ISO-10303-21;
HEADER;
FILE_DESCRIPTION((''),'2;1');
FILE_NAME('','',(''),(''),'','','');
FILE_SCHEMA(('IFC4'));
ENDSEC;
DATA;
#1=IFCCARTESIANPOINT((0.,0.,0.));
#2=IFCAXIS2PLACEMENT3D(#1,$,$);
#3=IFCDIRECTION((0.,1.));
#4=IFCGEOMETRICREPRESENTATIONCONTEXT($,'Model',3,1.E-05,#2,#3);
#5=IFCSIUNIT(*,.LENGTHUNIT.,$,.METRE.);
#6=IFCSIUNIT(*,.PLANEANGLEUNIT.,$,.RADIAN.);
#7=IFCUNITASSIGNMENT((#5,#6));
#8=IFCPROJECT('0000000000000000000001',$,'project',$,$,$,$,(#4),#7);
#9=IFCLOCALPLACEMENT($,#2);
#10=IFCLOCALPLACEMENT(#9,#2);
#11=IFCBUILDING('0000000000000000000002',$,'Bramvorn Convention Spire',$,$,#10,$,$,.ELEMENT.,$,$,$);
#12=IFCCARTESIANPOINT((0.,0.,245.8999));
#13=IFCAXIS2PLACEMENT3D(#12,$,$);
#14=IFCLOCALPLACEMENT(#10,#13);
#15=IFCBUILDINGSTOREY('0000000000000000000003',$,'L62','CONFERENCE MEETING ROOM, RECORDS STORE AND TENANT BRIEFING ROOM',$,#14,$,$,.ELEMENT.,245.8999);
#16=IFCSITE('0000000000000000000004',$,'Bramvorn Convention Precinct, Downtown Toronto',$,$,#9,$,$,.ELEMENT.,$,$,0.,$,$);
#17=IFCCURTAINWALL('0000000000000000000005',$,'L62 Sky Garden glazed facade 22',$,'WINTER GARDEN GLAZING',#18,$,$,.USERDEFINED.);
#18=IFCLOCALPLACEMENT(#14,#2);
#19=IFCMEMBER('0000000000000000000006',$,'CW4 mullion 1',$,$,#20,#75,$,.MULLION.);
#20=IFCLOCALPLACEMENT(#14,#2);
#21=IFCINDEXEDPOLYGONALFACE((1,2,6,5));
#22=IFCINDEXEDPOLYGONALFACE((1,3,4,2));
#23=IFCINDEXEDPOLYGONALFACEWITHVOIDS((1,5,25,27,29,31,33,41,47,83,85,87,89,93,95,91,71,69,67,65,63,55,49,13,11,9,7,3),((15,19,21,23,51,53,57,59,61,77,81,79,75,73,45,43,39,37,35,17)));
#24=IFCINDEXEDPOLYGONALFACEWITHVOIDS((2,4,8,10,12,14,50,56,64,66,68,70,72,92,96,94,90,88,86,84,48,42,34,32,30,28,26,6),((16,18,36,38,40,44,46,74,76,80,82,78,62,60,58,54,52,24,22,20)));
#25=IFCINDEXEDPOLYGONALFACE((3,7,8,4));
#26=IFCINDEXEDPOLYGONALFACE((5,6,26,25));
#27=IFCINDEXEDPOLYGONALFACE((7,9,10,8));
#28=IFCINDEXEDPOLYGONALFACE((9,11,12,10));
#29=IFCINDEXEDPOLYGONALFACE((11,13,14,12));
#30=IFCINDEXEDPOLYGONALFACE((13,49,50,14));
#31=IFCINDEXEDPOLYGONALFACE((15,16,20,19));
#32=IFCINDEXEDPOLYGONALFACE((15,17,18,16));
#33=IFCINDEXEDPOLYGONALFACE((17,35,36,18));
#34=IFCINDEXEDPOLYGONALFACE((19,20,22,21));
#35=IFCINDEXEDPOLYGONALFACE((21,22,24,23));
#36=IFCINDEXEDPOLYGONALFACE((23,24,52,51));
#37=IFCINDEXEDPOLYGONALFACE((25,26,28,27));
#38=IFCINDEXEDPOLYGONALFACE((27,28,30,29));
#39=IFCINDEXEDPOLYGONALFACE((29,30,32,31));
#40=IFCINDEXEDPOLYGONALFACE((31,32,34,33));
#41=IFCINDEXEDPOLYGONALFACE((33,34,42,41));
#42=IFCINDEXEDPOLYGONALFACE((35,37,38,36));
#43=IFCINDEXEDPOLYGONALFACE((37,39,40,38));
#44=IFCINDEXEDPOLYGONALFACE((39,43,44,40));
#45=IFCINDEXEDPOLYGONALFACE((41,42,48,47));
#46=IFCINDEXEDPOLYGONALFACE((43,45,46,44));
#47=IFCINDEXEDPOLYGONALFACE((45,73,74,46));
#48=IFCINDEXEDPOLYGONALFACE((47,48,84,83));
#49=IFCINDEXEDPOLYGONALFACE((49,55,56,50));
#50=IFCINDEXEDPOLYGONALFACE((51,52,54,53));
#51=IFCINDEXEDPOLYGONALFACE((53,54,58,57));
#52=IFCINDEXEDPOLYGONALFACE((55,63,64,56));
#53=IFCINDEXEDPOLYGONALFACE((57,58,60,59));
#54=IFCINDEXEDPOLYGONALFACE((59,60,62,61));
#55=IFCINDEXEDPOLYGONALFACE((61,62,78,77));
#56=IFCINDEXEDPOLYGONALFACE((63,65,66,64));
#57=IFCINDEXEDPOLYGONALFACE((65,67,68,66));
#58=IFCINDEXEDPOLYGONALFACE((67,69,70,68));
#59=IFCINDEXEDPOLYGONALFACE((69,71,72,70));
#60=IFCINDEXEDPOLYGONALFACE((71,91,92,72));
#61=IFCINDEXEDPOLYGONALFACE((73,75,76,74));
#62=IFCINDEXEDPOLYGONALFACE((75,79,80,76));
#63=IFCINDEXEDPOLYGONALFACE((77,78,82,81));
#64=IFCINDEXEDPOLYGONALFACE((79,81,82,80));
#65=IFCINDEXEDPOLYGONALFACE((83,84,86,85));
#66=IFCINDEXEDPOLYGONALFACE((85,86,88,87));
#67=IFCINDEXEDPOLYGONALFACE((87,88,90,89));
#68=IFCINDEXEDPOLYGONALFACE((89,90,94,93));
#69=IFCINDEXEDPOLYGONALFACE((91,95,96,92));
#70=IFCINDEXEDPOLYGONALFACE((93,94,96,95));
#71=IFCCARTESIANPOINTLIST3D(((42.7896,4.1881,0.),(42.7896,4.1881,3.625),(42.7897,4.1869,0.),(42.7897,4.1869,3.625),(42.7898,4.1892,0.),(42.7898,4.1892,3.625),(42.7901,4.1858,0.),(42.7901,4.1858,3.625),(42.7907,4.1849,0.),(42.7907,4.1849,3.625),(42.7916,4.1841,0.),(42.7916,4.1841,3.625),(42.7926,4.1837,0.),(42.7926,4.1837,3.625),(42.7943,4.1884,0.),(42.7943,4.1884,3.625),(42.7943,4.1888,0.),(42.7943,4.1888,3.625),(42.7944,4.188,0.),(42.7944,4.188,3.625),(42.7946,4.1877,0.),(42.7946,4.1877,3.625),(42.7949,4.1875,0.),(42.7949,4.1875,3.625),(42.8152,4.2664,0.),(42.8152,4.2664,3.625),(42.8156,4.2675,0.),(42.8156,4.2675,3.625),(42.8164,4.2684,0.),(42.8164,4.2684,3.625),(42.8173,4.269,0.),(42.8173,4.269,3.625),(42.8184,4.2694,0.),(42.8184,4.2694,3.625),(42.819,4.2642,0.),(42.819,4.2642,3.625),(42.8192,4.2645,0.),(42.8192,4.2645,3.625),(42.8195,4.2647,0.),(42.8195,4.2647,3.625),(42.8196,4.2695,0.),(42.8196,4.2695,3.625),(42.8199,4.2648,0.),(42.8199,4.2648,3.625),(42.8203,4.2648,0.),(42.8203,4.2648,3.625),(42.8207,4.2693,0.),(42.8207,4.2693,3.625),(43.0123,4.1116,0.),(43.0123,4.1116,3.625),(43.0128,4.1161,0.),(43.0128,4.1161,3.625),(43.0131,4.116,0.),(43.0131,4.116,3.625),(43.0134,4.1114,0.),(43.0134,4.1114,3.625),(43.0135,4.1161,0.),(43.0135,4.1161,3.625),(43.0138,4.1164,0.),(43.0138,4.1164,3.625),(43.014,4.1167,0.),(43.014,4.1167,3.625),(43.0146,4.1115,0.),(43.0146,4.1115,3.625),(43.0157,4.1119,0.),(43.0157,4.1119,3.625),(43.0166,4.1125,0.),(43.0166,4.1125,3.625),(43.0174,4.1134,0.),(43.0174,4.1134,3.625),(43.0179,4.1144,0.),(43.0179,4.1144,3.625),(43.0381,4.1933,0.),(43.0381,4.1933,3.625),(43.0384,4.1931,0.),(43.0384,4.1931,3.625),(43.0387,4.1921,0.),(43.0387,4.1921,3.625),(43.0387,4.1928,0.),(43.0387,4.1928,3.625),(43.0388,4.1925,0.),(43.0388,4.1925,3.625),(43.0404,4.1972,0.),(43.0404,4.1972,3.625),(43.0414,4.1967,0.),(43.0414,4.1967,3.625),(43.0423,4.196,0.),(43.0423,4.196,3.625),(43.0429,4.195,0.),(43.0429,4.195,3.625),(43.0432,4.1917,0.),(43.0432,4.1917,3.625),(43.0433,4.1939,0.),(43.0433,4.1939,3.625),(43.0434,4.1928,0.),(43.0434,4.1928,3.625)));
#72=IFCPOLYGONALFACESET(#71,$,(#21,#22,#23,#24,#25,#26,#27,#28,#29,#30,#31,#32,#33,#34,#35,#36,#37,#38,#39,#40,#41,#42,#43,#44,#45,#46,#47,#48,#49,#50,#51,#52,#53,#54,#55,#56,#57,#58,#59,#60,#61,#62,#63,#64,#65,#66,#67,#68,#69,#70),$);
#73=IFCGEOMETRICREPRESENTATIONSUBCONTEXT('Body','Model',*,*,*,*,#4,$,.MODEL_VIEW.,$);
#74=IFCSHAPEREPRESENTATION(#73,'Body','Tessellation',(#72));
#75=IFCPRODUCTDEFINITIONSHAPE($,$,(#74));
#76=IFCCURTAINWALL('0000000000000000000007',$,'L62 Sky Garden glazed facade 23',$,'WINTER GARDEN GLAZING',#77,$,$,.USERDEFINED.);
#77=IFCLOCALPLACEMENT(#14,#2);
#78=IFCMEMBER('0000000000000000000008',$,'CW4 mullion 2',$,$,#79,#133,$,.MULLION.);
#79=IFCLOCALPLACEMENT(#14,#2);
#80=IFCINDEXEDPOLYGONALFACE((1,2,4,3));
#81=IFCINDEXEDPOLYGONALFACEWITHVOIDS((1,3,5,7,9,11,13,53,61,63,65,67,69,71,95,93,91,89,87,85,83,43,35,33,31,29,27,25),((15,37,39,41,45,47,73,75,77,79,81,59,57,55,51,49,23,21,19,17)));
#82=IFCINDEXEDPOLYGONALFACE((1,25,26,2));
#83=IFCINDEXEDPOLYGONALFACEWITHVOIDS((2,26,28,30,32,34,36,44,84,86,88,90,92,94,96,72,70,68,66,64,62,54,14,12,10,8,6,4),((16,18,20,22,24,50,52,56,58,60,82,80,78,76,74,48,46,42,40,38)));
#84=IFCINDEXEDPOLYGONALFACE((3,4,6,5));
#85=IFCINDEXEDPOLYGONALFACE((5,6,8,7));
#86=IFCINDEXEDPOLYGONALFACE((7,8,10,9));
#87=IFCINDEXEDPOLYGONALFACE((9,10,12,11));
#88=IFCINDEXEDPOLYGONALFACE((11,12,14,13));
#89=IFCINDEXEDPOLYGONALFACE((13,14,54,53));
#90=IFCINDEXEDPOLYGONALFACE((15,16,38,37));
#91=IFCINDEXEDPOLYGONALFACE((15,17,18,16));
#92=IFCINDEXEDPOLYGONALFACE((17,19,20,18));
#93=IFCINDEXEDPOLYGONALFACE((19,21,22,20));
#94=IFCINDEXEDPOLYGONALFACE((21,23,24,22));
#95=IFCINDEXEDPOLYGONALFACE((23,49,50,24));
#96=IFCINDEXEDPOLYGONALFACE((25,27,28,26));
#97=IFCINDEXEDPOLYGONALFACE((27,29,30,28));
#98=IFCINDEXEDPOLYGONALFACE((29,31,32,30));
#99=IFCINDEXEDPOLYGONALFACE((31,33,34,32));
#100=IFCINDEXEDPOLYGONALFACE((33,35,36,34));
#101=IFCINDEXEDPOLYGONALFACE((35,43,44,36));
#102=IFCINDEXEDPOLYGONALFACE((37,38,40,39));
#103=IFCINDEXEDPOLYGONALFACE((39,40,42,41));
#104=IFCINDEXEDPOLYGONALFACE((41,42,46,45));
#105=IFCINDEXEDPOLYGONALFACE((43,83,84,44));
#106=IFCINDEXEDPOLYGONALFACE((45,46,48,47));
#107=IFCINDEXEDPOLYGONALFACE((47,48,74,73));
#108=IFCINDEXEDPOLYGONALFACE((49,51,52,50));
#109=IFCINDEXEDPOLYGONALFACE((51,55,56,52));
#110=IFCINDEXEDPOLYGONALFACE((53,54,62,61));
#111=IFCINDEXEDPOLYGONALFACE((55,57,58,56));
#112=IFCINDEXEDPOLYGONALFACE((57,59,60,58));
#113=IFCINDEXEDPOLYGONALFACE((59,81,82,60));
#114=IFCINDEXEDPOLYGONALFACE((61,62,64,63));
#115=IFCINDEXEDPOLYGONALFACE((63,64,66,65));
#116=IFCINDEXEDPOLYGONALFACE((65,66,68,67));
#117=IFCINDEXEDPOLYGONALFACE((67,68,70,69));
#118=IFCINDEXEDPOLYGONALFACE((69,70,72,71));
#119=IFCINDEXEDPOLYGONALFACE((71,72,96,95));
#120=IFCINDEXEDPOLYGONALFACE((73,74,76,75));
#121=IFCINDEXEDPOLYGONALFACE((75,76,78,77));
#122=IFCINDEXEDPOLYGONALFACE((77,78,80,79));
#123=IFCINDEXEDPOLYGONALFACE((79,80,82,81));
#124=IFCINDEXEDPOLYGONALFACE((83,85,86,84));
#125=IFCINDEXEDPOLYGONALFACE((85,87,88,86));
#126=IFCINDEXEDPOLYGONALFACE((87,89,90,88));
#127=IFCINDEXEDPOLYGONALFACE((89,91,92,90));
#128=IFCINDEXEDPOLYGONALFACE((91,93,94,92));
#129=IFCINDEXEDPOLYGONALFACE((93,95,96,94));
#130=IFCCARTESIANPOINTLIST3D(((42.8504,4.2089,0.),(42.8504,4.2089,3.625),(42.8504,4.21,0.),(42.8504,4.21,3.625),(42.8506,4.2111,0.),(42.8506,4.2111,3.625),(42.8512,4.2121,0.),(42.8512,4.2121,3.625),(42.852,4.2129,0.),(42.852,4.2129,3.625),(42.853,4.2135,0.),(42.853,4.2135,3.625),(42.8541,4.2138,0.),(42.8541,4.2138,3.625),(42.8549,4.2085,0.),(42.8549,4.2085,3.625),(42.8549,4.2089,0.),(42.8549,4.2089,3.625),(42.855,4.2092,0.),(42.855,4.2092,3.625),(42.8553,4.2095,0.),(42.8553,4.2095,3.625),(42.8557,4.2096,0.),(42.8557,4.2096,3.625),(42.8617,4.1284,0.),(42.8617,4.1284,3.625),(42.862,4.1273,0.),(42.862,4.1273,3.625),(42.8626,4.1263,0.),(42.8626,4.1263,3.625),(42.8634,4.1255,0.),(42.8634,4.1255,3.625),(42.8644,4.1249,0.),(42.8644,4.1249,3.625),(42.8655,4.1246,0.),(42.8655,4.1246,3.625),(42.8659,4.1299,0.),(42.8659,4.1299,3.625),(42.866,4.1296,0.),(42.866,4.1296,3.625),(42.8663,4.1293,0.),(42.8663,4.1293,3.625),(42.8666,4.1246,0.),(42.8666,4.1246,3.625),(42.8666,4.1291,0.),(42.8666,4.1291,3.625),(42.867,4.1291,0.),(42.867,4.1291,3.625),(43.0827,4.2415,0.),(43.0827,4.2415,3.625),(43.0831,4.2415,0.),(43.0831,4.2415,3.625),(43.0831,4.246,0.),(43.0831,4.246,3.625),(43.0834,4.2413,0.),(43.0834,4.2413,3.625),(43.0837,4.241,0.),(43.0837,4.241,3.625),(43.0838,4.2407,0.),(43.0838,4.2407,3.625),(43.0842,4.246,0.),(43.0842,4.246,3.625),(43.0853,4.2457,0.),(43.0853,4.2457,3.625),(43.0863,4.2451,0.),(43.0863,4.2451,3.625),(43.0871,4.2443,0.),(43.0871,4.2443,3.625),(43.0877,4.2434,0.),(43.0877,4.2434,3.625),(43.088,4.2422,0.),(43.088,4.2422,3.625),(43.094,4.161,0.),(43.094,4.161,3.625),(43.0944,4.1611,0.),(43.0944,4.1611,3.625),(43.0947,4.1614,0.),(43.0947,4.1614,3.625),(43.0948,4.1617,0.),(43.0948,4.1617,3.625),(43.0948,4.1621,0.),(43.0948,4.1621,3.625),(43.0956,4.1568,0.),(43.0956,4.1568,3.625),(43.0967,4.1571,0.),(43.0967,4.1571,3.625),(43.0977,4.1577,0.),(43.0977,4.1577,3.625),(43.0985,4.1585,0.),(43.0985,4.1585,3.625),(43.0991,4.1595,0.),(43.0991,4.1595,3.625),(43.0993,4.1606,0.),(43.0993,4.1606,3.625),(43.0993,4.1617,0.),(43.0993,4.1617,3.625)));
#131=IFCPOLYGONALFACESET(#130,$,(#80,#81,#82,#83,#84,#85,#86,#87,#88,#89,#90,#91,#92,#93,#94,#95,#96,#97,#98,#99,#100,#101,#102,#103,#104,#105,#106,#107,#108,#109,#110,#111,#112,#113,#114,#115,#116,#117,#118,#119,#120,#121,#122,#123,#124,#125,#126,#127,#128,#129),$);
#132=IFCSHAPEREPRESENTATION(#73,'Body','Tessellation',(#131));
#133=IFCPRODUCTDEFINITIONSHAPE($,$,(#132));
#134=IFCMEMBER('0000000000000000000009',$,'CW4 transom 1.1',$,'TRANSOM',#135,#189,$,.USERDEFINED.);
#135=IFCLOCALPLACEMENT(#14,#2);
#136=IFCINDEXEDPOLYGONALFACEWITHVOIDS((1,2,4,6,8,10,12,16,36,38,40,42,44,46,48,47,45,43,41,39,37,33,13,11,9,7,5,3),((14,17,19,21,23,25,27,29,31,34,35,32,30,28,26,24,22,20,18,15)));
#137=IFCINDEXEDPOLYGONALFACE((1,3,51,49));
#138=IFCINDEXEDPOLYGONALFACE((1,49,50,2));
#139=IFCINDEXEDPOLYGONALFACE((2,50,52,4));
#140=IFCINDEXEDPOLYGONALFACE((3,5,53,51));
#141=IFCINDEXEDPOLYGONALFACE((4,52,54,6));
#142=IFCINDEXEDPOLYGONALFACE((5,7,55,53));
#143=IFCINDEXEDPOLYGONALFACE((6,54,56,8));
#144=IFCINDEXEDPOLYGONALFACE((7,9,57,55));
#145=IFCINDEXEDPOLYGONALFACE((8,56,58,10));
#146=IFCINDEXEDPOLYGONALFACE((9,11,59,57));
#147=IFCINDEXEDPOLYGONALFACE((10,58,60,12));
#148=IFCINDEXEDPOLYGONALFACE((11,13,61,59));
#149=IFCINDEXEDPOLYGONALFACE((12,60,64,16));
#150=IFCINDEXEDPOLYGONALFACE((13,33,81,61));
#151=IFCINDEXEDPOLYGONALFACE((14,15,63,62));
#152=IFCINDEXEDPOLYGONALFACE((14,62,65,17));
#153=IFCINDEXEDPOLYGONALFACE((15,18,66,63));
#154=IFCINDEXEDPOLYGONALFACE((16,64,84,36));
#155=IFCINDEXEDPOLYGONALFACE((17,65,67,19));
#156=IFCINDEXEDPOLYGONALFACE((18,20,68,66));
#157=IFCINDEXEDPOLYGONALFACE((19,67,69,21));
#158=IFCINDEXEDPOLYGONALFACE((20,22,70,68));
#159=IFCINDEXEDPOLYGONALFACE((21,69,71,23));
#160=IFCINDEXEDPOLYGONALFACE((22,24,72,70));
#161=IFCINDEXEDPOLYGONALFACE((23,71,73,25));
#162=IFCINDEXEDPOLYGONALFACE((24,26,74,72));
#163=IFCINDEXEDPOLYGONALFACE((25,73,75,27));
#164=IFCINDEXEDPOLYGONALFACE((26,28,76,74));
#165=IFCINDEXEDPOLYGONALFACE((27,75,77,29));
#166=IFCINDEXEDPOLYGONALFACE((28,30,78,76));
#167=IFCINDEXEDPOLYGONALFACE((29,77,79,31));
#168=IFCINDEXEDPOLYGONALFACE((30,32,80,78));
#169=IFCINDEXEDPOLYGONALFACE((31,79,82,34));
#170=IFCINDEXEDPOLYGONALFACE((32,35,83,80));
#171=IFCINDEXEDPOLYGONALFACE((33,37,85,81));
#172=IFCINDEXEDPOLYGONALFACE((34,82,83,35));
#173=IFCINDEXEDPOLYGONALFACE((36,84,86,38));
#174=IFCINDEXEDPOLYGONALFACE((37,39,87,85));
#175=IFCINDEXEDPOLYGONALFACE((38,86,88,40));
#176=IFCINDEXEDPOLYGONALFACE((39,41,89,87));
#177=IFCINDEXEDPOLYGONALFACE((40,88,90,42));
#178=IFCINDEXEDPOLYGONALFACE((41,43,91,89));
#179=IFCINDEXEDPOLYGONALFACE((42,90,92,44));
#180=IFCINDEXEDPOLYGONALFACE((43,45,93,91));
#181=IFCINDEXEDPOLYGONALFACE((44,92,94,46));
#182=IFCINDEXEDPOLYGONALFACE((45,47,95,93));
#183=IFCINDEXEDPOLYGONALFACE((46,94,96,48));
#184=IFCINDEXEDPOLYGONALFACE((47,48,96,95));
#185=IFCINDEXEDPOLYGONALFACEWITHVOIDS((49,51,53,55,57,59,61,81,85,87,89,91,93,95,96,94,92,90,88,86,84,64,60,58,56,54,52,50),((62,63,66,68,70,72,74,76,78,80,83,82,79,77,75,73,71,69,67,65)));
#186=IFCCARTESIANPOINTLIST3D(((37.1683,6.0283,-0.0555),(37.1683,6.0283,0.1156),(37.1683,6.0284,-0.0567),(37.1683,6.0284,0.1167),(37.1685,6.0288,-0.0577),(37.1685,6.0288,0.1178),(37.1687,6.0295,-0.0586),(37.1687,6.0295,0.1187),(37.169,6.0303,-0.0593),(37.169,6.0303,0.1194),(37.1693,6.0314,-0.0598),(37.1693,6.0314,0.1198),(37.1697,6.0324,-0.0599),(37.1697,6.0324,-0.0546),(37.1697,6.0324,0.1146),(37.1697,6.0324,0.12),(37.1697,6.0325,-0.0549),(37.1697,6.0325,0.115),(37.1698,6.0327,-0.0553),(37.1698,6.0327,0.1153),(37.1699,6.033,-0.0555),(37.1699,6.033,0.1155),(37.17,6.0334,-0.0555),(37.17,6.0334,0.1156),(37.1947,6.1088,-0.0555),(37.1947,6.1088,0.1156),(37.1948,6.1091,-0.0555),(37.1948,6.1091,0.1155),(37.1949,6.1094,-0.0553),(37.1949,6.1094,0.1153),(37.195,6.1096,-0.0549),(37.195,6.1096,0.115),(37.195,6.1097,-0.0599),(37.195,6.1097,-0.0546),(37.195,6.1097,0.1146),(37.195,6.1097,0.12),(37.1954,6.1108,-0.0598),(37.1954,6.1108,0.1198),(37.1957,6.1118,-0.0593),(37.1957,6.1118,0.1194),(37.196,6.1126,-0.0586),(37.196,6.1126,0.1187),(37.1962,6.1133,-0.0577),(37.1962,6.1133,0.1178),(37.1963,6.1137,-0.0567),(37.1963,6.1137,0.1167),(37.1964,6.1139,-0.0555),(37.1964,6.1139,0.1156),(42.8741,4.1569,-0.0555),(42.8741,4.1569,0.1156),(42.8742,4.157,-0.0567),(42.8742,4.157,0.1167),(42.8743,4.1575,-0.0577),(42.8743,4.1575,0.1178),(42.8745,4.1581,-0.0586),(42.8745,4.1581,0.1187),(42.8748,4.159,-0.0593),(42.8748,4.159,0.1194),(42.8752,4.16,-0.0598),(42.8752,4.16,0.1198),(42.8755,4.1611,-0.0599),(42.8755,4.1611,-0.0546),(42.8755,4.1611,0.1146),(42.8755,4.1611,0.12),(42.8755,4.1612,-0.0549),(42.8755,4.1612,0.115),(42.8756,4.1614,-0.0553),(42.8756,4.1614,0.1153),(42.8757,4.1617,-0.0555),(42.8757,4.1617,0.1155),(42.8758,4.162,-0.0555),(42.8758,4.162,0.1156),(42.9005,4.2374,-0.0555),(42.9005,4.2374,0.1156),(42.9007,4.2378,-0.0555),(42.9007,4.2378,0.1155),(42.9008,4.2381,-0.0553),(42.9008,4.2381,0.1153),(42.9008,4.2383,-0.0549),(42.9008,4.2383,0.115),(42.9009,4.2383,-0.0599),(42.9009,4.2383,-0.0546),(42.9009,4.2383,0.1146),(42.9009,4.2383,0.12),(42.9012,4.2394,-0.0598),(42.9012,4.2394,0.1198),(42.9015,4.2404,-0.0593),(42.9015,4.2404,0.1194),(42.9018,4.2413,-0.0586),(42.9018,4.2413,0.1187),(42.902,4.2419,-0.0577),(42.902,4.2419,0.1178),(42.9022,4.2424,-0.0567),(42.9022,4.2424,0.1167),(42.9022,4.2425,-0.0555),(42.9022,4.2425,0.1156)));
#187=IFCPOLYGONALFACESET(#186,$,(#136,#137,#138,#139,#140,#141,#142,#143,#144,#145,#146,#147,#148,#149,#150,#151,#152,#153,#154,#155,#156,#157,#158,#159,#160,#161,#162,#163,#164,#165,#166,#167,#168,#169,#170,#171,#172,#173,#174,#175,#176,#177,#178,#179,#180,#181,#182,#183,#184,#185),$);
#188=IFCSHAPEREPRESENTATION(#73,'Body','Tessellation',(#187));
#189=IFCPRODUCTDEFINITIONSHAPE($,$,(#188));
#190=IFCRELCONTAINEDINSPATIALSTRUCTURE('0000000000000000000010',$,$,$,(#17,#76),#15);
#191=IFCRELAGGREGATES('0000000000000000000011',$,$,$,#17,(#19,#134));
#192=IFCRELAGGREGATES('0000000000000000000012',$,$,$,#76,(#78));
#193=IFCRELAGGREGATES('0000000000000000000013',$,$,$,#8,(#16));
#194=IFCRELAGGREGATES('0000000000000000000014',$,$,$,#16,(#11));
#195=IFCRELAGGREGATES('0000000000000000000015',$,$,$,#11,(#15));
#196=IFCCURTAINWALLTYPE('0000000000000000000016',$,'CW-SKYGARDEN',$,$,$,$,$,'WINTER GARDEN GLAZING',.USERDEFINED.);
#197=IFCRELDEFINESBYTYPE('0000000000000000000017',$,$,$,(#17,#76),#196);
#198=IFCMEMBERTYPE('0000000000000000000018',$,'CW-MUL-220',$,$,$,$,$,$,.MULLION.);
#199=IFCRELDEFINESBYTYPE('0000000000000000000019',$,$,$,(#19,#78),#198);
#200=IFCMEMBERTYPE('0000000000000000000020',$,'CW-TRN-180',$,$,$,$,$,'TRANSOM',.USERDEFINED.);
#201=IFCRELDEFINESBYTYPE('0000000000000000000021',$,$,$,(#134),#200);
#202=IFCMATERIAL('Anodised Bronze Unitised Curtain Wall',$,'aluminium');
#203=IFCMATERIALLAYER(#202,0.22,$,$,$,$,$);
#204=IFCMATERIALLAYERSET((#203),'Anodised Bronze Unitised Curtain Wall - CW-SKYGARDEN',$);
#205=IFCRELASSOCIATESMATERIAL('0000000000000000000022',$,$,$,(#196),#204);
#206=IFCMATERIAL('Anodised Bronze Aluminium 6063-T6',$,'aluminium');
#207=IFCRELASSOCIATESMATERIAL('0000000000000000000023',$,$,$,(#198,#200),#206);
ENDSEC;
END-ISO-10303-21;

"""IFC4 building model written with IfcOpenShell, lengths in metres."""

from ifc_helpers import new_model, si_unit, direction, frame, origin, origin_2d, place, context, subcontext, project, spatial, hollow_rectangle, extrude, material, layer, layer_set, material_profile, profile_set, type_object, element, aggregate, save


model = new_model("IFC4")

# Units and contexts
model_context = context("Model", 3, precision=1e-05, world=origin(), true_north=direction((0.0, 1.0)))
body_context = subcontext(model_context, "Body", "Model", "MODEL_VIEW")
ifc_project = project(units=[si_unit("LENGTHUNIT", "METRE"), si_unit("PLANEANGLEUNIT", "RADIAN")], contexts=[model_context])

# Site, building, storey
site_placement = place(None, origin())
site = spatial("IfcSite", under=ifc_project, at=site_placement, Name="Bramvorn Convention Precinct, Downtown Toronto", CompositionType="ELEMENT", RefElevation=0.0)
building_placement = place(site_placement, origin())
building = spatial("IfcBuilding", under=site, at=building_placement, Name="Bramvorn Convention Spire", CompositionType="ELEMENT")
storey_placement = place(building_placement, frame((0.0, 0.0, 245.8999)))
storey = spatial("IfcBuildingStorey", under=building, at=storey_placement, Name="L62", Description="CONFERENCE MEETING ROOM, RECORDS STORE AND TENANT BRIEFING ROOM", CompositionType="ELEMENT", Elevation=245.8999)

# Curtain walls, members
ifc_material_1 = material(Name="Anodised Bronze Unitised Curtain Wall", Category="aluminium")
ifc_layer_1 = layer(ifc_material_1, 0.22)
ifc_layer_set_1 = layer_set([ifc_layer_1], Name="Anodised Bronze Unitised Curtain Wall - CW-SKYGARDEN")
curtain_wall_type = type_object("IfcCurtainWallType", Name="CW-SKYGARDEN", ElementType="WINTER GARDEN GLAZING", PredefinedType="USERDEFINED", material=ifc_layer_set_1)
curtain_wall_1_placement = place(storey_placement, origin())
curtain_wall_1 = element("IfcCurtainWall", 1, at=curtain_wall_1_placement, inside=storey, type_object=curtain_wall_type, Name="L62 Sky Garden glazed facade 22", ObjectType="WINTER GARDEN GLAZING", PredefinedType="USERDEFINED")
ifc_material_2 = material(Name="Anodised Bronze Aluminium 6063-T6", Category="aluminium")
ifc_material_profile_1 = material_profile(ifc_material_2, hollow_rectangle(XDim=0.0901, YDim=0.24, WallThickness=0.0044, InnerFilletRadius=0.001, OuterFilletRadius=0.0044, at=origin_2d()))
ifc_profile_set_1 = profile_set([ifc_material_profile_1], Name="Anodised Bronze Aluminium 6063-T6 - CWM90X240")
member_type_1 = type_object("IfcMemberType", Name="CW-MUL-220", PredefinedType="MULLION", material=ifc_profile_set_1)
member_1_placement = place(storey_placement, frame((42.9165, 4.1904, 0.0), z_axis=(0.0, 0.0, 1.0), x_axis=(-0.31162, -0.950207, 0.0)))
member_1 = element("IfcMember", 2, at=member_1_placement, type_object=member_type_1, Name="CW4 mullion 1", PredefinedType="MULLION", context=body_context, shape_type="SweptSolid", body=[
    extrude(hollow_rectangle(XDim=0.0901, YDim=0.24, WallThickness=0.0044, InnerFilletRadius=0.001, OuterFilletRadius=0.0044, at=origin_2d()), origin(), (0.0, 0.0, 1.0), 3.625),
])
curtain_wall_2_placement = place(storey_placement, origin())
curtain_wall_2 = element("IfcCurtainWall", 3, at=curtain_wall_2_placement, inside=storey, type_object=curtain_wall_type, Name="L62 Sky Garden glazed facade 23", ObjectType="WINTER GARDEN GLAZING", PredefinedType="USERDEFINED")
member_2_placement = place(storey_placement, frame((42.9749, 4.1853, 0.0), z_axis=(0.0, 0.0, 1.0), x_axis=(0.139077, -0.990282, 0.0)))
member_2 = element("IfcMember", 4, at=member_2_placement, type_object=member_type_1, Name="CW4 mullion 2", PredefinedType="MULLION", context=body_context, shape_type="SweptSolid", body=[
    extrude(hollow_rectangle(XDim=0.0901, YDim=0.24, WallThickness=0.0044, InnerFilletRadius=0.001, OuterFilletRadius=0.0044, at=origin_2d()), origin(), (0.0, 0.0, 1.0), 3.625),
])

# Member
ifc_material_profile_2 = material_profile(ifc_material_2, hollow_rectangle(XDim=0.0901, YDim=0.1799, WallThickness=0.0044, InnerFilletRadius=0.001, OuterFilletRadius=0.0044, at=origin_2d()))
ifc_profile_set_2 = profile_set([ifc_material_profile_2], Name="Anodised Bronze Aluminium 6063-T6 - CWT90X180")
member_type_2 = type_object("IfcMemberType", Name="CW-TRN-180", ElementType="TRANSOM", PredefinedType="USERDEFINED", material=ifc_profile_set_2)
member_3_placement = place(storey_placement, frame((42.8882, 4.1997, 0.03), z_axis=(-0.950201, 0.311638, 0.0), x_axis=(-0.311638, -0.950201, 0.0)))
member_3 = element("IfcMember", 5, at=member_3_placement, type_object=member_type_2, Name="CW4 transom 1.1", ObjectType="TRANSOM", PredefinedType="USERDEFINED", context=body_context, shape_type="SweptSolid", body=[
    extrude(hollow_rectangle(XDim=0.0901, YDim=0.1799, WallThickness=0.0044, InnerFilletRadius=0.001, OuterFilletRadius=0.0044, at=origin_2d()), origin(), (0.0, 0.0, 1.0), 6.0049),
])

aggregate(curtain_wall_1, [member_1, member_3])
aggregate(curtain_wall_2, [member_2])

save(model, "model.ifc")
